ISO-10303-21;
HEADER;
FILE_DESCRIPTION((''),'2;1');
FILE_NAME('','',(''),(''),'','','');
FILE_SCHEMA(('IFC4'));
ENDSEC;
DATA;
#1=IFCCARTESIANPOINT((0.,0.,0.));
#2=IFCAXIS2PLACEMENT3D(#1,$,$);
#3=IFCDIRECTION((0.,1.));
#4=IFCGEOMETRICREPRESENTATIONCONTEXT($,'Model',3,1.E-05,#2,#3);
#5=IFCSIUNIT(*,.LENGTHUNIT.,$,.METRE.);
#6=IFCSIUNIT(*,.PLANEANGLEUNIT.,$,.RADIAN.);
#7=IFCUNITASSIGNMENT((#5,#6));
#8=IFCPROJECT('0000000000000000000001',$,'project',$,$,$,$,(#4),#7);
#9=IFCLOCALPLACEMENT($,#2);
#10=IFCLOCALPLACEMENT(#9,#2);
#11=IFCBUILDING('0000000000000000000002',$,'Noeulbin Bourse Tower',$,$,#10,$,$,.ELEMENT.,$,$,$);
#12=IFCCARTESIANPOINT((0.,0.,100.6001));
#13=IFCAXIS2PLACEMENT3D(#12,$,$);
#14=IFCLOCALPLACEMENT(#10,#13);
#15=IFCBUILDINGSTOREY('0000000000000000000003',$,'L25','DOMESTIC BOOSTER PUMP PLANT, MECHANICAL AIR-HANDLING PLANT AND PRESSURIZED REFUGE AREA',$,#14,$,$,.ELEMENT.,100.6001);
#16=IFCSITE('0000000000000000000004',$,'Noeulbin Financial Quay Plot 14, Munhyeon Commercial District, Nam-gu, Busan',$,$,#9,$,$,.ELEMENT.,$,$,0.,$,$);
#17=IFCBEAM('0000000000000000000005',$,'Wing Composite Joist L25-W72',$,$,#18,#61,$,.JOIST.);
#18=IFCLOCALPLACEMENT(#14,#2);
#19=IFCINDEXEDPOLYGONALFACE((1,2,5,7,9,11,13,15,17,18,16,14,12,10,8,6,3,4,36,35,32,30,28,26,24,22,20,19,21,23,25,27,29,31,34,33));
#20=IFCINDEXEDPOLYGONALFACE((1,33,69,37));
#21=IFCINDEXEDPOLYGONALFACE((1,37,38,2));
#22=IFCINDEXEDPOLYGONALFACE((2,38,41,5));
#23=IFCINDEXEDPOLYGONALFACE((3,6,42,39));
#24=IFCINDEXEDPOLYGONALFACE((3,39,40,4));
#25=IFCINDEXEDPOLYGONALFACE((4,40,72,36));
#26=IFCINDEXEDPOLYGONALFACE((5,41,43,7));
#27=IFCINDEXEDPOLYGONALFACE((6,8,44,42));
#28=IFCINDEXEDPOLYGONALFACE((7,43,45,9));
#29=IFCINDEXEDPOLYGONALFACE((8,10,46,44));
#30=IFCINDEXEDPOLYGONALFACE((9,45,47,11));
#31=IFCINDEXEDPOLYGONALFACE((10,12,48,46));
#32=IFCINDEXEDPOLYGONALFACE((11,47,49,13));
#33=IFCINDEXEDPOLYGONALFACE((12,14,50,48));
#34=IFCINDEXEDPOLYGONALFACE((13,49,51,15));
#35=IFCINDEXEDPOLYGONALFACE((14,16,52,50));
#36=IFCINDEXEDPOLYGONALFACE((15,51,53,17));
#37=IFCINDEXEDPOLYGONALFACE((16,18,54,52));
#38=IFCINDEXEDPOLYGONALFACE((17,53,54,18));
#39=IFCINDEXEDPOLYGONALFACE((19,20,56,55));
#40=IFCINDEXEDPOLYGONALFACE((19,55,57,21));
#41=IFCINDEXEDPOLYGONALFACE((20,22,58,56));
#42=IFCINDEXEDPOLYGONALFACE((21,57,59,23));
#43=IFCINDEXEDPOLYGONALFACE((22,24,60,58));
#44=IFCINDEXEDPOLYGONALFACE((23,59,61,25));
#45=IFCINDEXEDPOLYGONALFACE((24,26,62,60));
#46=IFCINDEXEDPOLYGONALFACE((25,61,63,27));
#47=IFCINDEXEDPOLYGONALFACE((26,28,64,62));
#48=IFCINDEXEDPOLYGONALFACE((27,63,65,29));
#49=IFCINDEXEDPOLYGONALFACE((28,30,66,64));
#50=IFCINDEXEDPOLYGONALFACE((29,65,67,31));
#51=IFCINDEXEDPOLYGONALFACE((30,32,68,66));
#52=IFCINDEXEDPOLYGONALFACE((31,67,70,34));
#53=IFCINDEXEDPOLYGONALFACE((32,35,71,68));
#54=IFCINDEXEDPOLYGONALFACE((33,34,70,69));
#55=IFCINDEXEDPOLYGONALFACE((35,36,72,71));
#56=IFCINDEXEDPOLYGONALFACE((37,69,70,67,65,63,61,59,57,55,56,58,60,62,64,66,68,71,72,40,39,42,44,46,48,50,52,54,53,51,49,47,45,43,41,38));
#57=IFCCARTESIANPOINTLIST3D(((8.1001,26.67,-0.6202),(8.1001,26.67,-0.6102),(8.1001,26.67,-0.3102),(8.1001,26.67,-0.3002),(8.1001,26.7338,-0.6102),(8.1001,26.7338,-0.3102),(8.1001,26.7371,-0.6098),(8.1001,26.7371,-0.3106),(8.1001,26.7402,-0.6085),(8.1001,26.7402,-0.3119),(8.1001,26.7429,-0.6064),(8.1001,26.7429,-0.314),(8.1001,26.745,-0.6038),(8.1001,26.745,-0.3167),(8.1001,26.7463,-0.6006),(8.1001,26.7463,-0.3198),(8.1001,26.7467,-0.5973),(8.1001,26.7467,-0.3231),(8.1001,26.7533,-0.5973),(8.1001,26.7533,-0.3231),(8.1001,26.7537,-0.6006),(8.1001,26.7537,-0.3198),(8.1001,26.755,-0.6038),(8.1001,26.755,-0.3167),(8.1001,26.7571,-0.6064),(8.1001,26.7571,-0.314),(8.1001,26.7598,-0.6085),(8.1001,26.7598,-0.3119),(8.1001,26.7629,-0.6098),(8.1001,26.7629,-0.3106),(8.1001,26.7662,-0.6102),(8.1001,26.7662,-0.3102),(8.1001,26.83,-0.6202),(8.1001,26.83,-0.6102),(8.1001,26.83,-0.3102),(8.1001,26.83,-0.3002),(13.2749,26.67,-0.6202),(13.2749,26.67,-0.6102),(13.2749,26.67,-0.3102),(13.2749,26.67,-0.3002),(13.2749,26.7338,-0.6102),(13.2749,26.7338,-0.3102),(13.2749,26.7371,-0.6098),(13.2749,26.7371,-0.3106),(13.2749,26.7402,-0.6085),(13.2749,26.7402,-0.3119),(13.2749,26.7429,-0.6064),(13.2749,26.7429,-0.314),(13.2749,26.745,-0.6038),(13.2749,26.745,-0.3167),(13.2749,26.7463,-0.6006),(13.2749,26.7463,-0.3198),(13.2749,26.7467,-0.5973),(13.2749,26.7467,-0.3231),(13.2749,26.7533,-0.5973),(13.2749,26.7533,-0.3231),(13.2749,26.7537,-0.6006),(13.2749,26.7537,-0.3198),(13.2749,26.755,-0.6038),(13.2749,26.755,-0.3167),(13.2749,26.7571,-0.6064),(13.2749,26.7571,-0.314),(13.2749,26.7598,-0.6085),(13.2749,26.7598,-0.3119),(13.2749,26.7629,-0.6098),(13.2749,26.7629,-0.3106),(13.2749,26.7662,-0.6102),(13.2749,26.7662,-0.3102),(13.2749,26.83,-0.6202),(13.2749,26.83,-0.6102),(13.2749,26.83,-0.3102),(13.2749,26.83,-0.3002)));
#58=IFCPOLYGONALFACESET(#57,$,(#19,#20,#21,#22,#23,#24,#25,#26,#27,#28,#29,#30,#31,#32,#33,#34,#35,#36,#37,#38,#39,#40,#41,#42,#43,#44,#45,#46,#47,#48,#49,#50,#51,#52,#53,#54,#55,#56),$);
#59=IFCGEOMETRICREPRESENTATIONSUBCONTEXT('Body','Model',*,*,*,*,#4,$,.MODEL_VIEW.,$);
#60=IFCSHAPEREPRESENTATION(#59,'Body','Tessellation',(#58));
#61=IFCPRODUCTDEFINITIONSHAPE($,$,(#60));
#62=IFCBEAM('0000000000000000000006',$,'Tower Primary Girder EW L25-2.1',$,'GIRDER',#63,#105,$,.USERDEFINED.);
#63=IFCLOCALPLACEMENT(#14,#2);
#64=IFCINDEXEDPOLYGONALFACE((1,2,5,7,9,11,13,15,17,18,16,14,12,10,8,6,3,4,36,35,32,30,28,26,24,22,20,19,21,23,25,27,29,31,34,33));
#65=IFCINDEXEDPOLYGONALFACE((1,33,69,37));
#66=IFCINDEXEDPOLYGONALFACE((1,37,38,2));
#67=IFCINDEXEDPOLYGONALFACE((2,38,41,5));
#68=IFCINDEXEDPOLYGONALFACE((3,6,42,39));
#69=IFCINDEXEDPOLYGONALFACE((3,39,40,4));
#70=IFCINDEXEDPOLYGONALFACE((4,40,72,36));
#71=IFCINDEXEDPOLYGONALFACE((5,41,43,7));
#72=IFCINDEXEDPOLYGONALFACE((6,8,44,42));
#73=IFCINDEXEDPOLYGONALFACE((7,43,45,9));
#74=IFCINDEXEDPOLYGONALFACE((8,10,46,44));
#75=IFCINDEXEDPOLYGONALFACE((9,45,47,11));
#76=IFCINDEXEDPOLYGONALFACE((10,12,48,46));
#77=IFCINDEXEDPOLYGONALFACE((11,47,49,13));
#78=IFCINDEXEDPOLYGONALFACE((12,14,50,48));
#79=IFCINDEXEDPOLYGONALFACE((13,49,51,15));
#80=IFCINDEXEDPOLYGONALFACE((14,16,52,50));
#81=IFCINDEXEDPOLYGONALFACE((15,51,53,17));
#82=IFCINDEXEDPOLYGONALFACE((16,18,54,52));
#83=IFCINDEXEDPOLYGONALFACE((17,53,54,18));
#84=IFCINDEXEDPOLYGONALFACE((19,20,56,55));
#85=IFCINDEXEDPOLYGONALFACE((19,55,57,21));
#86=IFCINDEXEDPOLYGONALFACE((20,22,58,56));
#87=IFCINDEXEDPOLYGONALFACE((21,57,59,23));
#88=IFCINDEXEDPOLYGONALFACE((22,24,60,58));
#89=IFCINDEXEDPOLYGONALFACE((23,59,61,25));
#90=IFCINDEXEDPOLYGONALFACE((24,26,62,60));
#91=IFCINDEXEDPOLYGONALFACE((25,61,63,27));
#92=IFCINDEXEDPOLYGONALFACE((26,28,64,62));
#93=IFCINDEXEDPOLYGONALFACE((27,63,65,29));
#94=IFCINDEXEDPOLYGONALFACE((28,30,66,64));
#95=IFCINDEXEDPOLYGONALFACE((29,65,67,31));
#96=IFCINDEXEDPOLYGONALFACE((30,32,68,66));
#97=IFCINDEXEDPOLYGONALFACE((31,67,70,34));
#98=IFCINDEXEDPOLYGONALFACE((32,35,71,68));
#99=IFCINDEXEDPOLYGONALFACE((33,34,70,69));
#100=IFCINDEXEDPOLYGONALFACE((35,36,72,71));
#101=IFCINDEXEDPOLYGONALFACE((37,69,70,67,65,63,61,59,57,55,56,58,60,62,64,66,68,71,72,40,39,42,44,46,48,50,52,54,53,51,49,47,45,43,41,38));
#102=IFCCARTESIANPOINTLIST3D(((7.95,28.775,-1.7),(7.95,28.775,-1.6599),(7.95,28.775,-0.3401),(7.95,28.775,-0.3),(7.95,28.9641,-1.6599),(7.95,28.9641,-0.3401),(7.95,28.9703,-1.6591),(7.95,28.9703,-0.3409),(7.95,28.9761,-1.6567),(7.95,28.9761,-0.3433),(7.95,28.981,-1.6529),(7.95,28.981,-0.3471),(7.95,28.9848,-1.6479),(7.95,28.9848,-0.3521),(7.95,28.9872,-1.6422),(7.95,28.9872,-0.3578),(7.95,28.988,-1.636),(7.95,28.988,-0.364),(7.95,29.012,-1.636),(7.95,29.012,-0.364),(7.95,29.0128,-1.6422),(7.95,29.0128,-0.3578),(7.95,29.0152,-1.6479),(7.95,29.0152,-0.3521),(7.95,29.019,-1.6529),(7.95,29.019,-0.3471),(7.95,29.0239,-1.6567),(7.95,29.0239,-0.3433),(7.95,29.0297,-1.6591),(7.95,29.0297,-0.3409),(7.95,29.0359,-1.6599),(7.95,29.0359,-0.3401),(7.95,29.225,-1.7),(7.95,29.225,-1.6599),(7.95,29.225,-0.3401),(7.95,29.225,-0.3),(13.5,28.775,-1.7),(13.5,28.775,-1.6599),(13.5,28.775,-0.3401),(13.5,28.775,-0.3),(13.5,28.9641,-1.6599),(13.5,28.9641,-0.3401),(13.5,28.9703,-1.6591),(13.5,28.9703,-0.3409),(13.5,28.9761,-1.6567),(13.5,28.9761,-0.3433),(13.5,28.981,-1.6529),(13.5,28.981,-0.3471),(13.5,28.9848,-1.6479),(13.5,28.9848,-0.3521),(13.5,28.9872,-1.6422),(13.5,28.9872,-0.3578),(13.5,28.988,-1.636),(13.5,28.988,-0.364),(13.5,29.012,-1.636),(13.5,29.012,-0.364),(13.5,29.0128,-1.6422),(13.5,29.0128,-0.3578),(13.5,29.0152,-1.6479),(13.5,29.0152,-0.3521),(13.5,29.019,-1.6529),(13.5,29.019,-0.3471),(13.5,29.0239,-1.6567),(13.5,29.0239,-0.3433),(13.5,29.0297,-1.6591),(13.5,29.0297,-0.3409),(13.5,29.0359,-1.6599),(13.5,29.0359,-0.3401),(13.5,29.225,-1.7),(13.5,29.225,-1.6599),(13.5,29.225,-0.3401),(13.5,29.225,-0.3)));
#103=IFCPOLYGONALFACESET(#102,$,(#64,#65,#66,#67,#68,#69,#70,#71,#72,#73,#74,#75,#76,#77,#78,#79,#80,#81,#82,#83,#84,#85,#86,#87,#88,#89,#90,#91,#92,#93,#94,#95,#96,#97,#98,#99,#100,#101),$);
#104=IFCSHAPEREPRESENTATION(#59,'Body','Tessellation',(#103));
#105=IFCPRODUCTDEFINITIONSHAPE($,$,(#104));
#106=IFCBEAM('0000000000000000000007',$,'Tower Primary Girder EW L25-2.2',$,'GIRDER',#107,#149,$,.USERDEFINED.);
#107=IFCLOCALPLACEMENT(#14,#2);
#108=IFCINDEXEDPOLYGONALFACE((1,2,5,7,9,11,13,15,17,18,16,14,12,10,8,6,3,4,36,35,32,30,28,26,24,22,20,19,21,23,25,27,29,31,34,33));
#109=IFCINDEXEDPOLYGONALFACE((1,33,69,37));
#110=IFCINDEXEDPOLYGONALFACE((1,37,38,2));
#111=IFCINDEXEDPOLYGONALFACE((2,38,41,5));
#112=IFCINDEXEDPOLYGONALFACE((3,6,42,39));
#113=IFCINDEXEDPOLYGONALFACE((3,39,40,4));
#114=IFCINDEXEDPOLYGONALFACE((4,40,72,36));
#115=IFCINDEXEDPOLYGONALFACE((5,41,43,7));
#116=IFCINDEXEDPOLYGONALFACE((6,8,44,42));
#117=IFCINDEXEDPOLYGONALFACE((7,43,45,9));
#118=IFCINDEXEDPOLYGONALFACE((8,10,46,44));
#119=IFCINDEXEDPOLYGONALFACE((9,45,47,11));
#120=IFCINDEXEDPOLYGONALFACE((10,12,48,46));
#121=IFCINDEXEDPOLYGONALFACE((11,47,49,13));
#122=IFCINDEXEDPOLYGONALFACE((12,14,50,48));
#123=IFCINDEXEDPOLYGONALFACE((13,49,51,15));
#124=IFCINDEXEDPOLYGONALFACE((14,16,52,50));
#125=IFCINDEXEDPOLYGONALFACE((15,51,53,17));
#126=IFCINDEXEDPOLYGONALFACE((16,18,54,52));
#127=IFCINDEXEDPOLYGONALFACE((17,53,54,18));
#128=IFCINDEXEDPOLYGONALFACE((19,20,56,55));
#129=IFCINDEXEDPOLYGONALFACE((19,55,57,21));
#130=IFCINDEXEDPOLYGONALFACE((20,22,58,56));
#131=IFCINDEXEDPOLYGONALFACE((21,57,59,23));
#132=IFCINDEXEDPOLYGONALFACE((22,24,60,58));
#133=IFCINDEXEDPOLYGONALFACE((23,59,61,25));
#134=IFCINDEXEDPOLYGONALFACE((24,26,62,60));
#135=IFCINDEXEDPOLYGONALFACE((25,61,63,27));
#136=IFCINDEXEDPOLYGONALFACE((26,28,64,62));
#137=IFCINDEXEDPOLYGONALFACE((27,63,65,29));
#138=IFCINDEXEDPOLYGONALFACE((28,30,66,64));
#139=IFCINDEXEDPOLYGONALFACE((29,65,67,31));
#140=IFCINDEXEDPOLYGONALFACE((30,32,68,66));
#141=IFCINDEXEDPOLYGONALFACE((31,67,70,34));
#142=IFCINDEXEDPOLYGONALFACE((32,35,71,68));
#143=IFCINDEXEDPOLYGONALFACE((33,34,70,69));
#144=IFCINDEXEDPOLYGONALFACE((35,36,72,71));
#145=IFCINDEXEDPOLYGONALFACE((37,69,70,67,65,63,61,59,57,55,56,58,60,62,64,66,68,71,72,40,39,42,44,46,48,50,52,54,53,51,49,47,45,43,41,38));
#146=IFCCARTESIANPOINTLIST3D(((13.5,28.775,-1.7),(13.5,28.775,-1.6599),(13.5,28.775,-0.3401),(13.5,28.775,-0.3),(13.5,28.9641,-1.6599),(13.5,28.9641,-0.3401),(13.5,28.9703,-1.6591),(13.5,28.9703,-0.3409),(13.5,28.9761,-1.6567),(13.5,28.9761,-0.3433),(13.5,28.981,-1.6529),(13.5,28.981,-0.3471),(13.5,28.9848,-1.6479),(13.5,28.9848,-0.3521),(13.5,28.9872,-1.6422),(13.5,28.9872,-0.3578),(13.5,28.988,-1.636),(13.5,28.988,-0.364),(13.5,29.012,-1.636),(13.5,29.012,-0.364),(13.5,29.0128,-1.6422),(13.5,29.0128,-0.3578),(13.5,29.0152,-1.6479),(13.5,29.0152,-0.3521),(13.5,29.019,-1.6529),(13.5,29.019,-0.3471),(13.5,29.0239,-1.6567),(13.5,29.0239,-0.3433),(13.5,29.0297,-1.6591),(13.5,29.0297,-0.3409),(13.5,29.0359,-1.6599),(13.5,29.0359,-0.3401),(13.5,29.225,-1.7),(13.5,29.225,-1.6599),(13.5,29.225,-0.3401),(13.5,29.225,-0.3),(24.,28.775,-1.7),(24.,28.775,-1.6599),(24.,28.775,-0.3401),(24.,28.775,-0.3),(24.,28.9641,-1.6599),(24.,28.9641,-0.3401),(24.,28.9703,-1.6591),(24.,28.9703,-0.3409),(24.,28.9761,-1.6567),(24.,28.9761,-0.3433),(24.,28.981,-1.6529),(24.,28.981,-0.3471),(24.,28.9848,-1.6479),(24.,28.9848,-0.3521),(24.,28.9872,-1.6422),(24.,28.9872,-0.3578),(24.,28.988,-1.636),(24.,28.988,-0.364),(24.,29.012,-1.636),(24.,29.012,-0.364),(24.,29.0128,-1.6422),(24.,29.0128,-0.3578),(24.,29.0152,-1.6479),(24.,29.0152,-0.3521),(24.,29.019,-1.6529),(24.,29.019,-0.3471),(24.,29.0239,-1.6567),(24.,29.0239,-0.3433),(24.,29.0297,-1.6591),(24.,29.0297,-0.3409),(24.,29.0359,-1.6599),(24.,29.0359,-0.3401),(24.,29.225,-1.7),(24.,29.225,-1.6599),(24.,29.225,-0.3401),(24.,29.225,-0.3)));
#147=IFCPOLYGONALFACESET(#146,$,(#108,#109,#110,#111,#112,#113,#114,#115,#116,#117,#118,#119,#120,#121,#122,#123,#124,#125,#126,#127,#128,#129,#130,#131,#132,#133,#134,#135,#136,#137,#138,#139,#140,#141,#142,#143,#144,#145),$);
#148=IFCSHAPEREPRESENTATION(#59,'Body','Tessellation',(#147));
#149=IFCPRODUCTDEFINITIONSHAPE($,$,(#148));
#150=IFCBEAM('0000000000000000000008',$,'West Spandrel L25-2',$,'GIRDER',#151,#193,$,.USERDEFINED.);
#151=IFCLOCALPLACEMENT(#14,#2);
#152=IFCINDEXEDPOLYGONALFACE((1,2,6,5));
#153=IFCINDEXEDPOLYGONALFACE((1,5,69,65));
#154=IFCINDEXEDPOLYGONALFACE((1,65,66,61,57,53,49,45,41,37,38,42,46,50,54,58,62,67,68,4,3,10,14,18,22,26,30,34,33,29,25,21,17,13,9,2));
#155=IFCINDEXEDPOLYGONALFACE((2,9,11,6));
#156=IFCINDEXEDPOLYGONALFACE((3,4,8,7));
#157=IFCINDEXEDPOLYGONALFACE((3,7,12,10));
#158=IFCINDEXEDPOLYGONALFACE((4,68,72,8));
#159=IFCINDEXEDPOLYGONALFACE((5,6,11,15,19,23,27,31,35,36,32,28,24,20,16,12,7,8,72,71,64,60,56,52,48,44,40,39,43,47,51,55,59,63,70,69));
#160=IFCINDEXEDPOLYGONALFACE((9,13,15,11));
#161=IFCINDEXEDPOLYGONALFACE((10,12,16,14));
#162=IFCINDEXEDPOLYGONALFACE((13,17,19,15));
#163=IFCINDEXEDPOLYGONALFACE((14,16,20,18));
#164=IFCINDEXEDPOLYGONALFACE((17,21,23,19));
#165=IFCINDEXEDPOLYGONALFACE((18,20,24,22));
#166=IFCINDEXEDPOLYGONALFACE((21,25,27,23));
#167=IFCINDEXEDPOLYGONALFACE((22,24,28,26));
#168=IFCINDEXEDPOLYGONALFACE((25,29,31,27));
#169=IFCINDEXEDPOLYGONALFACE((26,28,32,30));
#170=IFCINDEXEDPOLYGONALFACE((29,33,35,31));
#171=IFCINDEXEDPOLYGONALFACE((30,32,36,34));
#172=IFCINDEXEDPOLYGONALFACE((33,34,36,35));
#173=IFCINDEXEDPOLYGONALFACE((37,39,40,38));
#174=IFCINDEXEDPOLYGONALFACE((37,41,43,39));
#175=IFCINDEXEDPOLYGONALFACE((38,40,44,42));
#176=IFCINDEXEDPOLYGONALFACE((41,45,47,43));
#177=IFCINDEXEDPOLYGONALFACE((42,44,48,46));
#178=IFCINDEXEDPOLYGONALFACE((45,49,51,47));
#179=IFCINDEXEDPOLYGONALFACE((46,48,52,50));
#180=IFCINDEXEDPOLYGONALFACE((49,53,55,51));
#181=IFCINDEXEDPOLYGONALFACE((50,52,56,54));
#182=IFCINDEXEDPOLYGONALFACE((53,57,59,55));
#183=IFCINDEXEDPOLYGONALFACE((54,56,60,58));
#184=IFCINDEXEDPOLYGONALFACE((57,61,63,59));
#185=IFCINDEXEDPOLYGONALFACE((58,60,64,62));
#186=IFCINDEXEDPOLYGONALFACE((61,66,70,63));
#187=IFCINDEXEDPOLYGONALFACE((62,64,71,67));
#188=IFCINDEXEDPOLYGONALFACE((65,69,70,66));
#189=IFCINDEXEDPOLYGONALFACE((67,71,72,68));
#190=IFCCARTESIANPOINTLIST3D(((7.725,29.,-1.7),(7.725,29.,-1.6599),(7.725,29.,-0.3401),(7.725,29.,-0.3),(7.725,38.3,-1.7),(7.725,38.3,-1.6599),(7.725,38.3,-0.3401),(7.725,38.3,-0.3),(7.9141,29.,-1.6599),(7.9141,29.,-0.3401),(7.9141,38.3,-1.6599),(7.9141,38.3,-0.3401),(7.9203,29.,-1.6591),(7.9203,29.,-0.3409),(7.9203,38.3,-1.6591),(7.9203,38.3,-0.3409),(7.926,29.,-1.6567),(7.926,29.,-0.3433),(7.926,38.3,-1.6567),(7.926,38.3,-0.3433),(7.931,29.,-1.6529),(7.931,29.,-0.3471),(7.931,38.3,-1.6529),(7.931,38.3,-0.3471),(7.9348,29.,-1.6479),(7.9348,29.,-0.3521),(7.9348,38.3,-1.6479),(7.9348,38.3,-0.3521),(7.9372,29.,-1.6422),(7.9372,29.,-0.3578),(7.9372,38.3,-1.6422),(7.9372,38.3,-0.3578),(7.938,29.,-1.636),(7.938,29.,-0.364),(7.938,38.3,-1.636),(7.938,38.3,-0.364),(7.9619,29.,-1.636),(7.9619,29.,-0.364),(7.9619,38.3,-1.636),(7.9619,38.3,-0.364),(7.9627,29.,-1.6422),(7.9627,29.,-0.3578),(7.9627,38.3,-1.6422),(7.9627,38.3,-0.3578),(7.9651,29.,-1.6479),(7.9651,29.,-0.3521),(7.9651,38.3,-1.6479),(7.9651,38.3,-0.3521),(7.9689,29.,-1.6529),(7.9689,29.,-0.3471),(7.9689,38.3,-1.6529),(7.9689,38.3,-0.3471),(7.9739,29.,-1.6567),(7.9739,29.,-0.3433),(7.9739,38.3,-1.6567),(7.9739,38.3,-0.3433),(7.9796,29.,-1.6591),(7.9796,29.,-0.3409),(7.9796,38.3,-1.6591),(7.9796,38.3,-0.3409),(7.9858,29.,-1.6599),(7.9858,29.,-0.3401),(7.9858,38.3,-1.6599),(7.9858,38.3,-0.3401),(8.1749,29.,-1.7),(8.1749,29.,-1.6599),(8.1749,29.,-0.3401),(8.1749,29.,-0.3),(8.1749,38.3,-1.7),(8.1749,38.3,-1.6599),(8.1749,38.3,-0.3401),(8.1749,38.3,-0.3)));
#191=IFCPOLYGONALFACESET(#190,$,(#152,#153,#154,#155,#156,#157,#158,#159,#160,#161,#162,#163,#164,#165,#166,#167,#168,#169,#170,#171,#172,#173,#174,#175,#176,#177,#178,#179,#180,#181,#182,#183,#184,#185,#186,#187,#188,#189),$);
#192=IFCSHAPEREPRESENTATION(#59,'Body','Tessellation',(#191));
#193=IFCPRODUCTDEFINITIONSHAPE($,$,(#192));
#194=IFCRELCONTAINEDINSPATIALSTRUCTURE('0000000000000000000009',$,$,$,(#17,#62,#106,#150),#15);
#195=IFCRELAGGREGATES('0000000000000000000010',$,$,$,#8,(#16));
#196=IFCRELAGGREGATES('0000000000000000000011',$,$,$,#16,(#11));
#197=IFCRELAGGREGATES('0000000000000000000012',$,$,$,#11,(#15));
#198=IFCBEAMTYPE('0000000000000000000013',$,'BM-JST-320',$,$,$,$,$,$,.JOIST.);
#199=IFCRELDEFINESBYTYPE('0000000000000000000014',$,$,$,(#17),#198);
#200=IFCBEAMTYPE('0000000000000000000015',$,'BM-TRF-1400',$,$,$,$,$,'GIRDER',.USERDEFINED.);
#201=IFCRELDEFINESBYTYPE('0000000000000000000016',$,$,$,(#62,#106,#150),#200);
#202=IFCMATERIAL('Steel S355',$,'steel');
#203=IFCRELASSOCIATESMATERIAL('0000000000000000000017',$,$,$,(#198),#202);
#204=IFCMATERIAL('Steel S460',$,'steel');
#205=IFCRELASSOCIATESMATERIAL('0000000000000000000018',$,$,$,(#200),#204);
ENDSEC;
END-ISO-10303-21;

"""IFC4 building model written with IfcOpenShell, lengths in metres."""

from ifc_helpers import new_model, si_unit, direction, frame, origin, origin_2d, place, context, subcontext, project, spatial, i_section, extrude, material, material_profile, profile_set, type_object, element, save


model = new_model("IFC4")

# Units and contexts
model_context = context("Model", 3, precision=1e-05, world=origin(), true_north=direction((0.0, 1.0)))
body_context = subcontext(model_context, "Body", "Model", "MODEL_VIEW")
ifc_project = project(units=[si_unit("LENGTHUNIT", "METRE"), si_unit("PLANEANGLEUNIT", "RADIAN")], contexts=[model_context])

# Site, building, storey
site_placement = place(None, origin())
site = spatial("IfcSite", under=ifc_project, at=site_placement, Name="Noeulbin Financial Quay Plot 14, Munhyeon Commercial District, Nam-gu, Busan", CompositionType="ELEMENT", RefElevation=0.0)
building_placement = place(site_placement, origin())
building = spatial("IfcBuilding", under=site, at=building_placement, Name="Noeulbin Bourse Tower", CompositionType="ELEMENT")
storey_placement = place(building_placement, frame((0.0, 0.0, 100.6001)))
storey = spatial("IfcBuildingStorey", under=building, at=storey_placement, Name="L25", Description="DOMESTIC BOOSTER PUMP PLANT, MECHANICAL AIR-HANDLING PLANT AND PRESSURIZED REFUGE AREA", CompositionType="ELEMENT", Elevation=100.6001)

# Shared definitions
ifc_material_1 = material(Name="Steel S460", Category="steel")

# Beams
ifc_material_2 = material(Name="Steel S355", Category="steel")
ifc_material_profile_1 = material_profile(ifc_material_2, i_section(OverallWidth=0.1599, OverallDepth=0.3201, WebThickness=0.0066, FlangeThickness=0.01, FilletRadius=0.0129, at=origin_2d()), Name="H-320x160x6.5x10", Category="LoadBearing")
ifc_profile_set_1 = profile_set([ifc_material_profile_1], Name="Steel S355")
beam_type_1 = type_object("IfcBeamType", Name="BM-JST-320", PredefinedType="JOIST", material=ifc_profile_set_1)
for number, where, z_axis, x_axis, name in (
    (1, (8.1001, 26.75, -0.4602), (1.0, 0.0, 0.0), (0.0, 1.0, 0.0), "Wing Composite Joist L25-W72"),
):
    element("IfcBeam", number, at=place(storey_placement, frame(where, z_axis=z_axis, x_axis=x_axis)), inside=storey, type_object=beam_type_1, Name=name, PredefinedType="JOIST", context=body_context, shape_type="SweptSolid", body=[
        extrude(i_section(OverallWidth=0.1599, OverallDepth=0.3201, WebThickness=0.0066, FlangeThickness=0.01, FilletRadius=0.0129, at=origin_2d()), origin(), (0.0, 0.0, 1.0), 5.1748),
    ])
ifc_material_profile_2 = material_profile(ifc_material_1, i_section(OverallWidth=0.45, OverallDepth=1.3999, WebThickness=0.0239, FlangeThickness=0.04, FilletRadius=0.0239, at=origin_2d()), Name="PG-1400x450x24x40", Category="LoadBearing")
ifc_profile_set_2 = profile_set([ifc_material_profile_2], Name="Steel S460")
beam_type_2 = type_object("IfcBeamType", Name="BM-TRF-1400", ElementType="GIRDER", PredefinedType="USERDEFINED", material=ifc_profile_set_2)
beam_1_placement = place(storey_placement, frame((7.95, 29.0, -1.0), z_axis=(1.0, 0.0, 0.0), x_axis=(0.0, 1.0, 0.0)))
element("IfcBeam", 2, at=beam_1_placement, inside=storey, type_object=beam_type_2, Name="Tower Primary Girder EW L25-2.1", ObjectType="GIRDER", PredefinedType="USERDEFINED", context=body_context, shape_type="SweptSolid", body=[
    extrude(i_section(OverallWidth=0.45, OverallDepth=1.3999, WebThickness=0.0239, FlangeThickness=0.04, FilletRadius=0.0239, at=origin_2d()), origin(), (0.0, 0.0, 1.0), 5.55),
])
beam_2_placement = place(storey_placement, frame((13.5, 29.0, -1.0), z_axis=(1.0, 0.0, 0.0), x_axis=(0.0, 1.0, 0.0)))
element("IfcBeam", 3, at=beam_2_placement, inside=storey, type_object=beam_type_2, Name="Tower Primary Girder EW L25-2.2", ObjectType="GIRDER", PredefinedType="USERDEFINED", context=body_context, shape_type="SweptSolid", body=[
    extrude(i_section(OverallWidth=0.45, OverallDepth=1.3999, WebThickness=0.0239, FlangeThickness=0.04, FilletRadius=0.0239, at=origin_2d()), origin(), (0.0, 0.0, 1.0), 10.5),
])
beam_3_placement = place(storey_placement, frame((7.95, 29.0, -1.0), z_axis=(0.0, 1.0, 0.0), x_axis=(-1.0, 0.0, 0.0)))
element("IfcBeam", 4, at=beam_3_placement, inside=storey, type_object=beam_type_2, Name="West Spandrel L25-2", ObjectType="GIRDER", PredefinedType="USERDEFINED", context=body_context, shape_type="SweptSolid", body=[
    extrude(i_section(OverallWidth=0.45, OverallDepth=1.3999, WebThickness=0.0239, FlangeThickness=0.04, FilletRadius=0.0239, at=origin_2d()), origin(), (0.0, 0.0, 1.0), 9.3),
])

save(model, "model.ifc")
